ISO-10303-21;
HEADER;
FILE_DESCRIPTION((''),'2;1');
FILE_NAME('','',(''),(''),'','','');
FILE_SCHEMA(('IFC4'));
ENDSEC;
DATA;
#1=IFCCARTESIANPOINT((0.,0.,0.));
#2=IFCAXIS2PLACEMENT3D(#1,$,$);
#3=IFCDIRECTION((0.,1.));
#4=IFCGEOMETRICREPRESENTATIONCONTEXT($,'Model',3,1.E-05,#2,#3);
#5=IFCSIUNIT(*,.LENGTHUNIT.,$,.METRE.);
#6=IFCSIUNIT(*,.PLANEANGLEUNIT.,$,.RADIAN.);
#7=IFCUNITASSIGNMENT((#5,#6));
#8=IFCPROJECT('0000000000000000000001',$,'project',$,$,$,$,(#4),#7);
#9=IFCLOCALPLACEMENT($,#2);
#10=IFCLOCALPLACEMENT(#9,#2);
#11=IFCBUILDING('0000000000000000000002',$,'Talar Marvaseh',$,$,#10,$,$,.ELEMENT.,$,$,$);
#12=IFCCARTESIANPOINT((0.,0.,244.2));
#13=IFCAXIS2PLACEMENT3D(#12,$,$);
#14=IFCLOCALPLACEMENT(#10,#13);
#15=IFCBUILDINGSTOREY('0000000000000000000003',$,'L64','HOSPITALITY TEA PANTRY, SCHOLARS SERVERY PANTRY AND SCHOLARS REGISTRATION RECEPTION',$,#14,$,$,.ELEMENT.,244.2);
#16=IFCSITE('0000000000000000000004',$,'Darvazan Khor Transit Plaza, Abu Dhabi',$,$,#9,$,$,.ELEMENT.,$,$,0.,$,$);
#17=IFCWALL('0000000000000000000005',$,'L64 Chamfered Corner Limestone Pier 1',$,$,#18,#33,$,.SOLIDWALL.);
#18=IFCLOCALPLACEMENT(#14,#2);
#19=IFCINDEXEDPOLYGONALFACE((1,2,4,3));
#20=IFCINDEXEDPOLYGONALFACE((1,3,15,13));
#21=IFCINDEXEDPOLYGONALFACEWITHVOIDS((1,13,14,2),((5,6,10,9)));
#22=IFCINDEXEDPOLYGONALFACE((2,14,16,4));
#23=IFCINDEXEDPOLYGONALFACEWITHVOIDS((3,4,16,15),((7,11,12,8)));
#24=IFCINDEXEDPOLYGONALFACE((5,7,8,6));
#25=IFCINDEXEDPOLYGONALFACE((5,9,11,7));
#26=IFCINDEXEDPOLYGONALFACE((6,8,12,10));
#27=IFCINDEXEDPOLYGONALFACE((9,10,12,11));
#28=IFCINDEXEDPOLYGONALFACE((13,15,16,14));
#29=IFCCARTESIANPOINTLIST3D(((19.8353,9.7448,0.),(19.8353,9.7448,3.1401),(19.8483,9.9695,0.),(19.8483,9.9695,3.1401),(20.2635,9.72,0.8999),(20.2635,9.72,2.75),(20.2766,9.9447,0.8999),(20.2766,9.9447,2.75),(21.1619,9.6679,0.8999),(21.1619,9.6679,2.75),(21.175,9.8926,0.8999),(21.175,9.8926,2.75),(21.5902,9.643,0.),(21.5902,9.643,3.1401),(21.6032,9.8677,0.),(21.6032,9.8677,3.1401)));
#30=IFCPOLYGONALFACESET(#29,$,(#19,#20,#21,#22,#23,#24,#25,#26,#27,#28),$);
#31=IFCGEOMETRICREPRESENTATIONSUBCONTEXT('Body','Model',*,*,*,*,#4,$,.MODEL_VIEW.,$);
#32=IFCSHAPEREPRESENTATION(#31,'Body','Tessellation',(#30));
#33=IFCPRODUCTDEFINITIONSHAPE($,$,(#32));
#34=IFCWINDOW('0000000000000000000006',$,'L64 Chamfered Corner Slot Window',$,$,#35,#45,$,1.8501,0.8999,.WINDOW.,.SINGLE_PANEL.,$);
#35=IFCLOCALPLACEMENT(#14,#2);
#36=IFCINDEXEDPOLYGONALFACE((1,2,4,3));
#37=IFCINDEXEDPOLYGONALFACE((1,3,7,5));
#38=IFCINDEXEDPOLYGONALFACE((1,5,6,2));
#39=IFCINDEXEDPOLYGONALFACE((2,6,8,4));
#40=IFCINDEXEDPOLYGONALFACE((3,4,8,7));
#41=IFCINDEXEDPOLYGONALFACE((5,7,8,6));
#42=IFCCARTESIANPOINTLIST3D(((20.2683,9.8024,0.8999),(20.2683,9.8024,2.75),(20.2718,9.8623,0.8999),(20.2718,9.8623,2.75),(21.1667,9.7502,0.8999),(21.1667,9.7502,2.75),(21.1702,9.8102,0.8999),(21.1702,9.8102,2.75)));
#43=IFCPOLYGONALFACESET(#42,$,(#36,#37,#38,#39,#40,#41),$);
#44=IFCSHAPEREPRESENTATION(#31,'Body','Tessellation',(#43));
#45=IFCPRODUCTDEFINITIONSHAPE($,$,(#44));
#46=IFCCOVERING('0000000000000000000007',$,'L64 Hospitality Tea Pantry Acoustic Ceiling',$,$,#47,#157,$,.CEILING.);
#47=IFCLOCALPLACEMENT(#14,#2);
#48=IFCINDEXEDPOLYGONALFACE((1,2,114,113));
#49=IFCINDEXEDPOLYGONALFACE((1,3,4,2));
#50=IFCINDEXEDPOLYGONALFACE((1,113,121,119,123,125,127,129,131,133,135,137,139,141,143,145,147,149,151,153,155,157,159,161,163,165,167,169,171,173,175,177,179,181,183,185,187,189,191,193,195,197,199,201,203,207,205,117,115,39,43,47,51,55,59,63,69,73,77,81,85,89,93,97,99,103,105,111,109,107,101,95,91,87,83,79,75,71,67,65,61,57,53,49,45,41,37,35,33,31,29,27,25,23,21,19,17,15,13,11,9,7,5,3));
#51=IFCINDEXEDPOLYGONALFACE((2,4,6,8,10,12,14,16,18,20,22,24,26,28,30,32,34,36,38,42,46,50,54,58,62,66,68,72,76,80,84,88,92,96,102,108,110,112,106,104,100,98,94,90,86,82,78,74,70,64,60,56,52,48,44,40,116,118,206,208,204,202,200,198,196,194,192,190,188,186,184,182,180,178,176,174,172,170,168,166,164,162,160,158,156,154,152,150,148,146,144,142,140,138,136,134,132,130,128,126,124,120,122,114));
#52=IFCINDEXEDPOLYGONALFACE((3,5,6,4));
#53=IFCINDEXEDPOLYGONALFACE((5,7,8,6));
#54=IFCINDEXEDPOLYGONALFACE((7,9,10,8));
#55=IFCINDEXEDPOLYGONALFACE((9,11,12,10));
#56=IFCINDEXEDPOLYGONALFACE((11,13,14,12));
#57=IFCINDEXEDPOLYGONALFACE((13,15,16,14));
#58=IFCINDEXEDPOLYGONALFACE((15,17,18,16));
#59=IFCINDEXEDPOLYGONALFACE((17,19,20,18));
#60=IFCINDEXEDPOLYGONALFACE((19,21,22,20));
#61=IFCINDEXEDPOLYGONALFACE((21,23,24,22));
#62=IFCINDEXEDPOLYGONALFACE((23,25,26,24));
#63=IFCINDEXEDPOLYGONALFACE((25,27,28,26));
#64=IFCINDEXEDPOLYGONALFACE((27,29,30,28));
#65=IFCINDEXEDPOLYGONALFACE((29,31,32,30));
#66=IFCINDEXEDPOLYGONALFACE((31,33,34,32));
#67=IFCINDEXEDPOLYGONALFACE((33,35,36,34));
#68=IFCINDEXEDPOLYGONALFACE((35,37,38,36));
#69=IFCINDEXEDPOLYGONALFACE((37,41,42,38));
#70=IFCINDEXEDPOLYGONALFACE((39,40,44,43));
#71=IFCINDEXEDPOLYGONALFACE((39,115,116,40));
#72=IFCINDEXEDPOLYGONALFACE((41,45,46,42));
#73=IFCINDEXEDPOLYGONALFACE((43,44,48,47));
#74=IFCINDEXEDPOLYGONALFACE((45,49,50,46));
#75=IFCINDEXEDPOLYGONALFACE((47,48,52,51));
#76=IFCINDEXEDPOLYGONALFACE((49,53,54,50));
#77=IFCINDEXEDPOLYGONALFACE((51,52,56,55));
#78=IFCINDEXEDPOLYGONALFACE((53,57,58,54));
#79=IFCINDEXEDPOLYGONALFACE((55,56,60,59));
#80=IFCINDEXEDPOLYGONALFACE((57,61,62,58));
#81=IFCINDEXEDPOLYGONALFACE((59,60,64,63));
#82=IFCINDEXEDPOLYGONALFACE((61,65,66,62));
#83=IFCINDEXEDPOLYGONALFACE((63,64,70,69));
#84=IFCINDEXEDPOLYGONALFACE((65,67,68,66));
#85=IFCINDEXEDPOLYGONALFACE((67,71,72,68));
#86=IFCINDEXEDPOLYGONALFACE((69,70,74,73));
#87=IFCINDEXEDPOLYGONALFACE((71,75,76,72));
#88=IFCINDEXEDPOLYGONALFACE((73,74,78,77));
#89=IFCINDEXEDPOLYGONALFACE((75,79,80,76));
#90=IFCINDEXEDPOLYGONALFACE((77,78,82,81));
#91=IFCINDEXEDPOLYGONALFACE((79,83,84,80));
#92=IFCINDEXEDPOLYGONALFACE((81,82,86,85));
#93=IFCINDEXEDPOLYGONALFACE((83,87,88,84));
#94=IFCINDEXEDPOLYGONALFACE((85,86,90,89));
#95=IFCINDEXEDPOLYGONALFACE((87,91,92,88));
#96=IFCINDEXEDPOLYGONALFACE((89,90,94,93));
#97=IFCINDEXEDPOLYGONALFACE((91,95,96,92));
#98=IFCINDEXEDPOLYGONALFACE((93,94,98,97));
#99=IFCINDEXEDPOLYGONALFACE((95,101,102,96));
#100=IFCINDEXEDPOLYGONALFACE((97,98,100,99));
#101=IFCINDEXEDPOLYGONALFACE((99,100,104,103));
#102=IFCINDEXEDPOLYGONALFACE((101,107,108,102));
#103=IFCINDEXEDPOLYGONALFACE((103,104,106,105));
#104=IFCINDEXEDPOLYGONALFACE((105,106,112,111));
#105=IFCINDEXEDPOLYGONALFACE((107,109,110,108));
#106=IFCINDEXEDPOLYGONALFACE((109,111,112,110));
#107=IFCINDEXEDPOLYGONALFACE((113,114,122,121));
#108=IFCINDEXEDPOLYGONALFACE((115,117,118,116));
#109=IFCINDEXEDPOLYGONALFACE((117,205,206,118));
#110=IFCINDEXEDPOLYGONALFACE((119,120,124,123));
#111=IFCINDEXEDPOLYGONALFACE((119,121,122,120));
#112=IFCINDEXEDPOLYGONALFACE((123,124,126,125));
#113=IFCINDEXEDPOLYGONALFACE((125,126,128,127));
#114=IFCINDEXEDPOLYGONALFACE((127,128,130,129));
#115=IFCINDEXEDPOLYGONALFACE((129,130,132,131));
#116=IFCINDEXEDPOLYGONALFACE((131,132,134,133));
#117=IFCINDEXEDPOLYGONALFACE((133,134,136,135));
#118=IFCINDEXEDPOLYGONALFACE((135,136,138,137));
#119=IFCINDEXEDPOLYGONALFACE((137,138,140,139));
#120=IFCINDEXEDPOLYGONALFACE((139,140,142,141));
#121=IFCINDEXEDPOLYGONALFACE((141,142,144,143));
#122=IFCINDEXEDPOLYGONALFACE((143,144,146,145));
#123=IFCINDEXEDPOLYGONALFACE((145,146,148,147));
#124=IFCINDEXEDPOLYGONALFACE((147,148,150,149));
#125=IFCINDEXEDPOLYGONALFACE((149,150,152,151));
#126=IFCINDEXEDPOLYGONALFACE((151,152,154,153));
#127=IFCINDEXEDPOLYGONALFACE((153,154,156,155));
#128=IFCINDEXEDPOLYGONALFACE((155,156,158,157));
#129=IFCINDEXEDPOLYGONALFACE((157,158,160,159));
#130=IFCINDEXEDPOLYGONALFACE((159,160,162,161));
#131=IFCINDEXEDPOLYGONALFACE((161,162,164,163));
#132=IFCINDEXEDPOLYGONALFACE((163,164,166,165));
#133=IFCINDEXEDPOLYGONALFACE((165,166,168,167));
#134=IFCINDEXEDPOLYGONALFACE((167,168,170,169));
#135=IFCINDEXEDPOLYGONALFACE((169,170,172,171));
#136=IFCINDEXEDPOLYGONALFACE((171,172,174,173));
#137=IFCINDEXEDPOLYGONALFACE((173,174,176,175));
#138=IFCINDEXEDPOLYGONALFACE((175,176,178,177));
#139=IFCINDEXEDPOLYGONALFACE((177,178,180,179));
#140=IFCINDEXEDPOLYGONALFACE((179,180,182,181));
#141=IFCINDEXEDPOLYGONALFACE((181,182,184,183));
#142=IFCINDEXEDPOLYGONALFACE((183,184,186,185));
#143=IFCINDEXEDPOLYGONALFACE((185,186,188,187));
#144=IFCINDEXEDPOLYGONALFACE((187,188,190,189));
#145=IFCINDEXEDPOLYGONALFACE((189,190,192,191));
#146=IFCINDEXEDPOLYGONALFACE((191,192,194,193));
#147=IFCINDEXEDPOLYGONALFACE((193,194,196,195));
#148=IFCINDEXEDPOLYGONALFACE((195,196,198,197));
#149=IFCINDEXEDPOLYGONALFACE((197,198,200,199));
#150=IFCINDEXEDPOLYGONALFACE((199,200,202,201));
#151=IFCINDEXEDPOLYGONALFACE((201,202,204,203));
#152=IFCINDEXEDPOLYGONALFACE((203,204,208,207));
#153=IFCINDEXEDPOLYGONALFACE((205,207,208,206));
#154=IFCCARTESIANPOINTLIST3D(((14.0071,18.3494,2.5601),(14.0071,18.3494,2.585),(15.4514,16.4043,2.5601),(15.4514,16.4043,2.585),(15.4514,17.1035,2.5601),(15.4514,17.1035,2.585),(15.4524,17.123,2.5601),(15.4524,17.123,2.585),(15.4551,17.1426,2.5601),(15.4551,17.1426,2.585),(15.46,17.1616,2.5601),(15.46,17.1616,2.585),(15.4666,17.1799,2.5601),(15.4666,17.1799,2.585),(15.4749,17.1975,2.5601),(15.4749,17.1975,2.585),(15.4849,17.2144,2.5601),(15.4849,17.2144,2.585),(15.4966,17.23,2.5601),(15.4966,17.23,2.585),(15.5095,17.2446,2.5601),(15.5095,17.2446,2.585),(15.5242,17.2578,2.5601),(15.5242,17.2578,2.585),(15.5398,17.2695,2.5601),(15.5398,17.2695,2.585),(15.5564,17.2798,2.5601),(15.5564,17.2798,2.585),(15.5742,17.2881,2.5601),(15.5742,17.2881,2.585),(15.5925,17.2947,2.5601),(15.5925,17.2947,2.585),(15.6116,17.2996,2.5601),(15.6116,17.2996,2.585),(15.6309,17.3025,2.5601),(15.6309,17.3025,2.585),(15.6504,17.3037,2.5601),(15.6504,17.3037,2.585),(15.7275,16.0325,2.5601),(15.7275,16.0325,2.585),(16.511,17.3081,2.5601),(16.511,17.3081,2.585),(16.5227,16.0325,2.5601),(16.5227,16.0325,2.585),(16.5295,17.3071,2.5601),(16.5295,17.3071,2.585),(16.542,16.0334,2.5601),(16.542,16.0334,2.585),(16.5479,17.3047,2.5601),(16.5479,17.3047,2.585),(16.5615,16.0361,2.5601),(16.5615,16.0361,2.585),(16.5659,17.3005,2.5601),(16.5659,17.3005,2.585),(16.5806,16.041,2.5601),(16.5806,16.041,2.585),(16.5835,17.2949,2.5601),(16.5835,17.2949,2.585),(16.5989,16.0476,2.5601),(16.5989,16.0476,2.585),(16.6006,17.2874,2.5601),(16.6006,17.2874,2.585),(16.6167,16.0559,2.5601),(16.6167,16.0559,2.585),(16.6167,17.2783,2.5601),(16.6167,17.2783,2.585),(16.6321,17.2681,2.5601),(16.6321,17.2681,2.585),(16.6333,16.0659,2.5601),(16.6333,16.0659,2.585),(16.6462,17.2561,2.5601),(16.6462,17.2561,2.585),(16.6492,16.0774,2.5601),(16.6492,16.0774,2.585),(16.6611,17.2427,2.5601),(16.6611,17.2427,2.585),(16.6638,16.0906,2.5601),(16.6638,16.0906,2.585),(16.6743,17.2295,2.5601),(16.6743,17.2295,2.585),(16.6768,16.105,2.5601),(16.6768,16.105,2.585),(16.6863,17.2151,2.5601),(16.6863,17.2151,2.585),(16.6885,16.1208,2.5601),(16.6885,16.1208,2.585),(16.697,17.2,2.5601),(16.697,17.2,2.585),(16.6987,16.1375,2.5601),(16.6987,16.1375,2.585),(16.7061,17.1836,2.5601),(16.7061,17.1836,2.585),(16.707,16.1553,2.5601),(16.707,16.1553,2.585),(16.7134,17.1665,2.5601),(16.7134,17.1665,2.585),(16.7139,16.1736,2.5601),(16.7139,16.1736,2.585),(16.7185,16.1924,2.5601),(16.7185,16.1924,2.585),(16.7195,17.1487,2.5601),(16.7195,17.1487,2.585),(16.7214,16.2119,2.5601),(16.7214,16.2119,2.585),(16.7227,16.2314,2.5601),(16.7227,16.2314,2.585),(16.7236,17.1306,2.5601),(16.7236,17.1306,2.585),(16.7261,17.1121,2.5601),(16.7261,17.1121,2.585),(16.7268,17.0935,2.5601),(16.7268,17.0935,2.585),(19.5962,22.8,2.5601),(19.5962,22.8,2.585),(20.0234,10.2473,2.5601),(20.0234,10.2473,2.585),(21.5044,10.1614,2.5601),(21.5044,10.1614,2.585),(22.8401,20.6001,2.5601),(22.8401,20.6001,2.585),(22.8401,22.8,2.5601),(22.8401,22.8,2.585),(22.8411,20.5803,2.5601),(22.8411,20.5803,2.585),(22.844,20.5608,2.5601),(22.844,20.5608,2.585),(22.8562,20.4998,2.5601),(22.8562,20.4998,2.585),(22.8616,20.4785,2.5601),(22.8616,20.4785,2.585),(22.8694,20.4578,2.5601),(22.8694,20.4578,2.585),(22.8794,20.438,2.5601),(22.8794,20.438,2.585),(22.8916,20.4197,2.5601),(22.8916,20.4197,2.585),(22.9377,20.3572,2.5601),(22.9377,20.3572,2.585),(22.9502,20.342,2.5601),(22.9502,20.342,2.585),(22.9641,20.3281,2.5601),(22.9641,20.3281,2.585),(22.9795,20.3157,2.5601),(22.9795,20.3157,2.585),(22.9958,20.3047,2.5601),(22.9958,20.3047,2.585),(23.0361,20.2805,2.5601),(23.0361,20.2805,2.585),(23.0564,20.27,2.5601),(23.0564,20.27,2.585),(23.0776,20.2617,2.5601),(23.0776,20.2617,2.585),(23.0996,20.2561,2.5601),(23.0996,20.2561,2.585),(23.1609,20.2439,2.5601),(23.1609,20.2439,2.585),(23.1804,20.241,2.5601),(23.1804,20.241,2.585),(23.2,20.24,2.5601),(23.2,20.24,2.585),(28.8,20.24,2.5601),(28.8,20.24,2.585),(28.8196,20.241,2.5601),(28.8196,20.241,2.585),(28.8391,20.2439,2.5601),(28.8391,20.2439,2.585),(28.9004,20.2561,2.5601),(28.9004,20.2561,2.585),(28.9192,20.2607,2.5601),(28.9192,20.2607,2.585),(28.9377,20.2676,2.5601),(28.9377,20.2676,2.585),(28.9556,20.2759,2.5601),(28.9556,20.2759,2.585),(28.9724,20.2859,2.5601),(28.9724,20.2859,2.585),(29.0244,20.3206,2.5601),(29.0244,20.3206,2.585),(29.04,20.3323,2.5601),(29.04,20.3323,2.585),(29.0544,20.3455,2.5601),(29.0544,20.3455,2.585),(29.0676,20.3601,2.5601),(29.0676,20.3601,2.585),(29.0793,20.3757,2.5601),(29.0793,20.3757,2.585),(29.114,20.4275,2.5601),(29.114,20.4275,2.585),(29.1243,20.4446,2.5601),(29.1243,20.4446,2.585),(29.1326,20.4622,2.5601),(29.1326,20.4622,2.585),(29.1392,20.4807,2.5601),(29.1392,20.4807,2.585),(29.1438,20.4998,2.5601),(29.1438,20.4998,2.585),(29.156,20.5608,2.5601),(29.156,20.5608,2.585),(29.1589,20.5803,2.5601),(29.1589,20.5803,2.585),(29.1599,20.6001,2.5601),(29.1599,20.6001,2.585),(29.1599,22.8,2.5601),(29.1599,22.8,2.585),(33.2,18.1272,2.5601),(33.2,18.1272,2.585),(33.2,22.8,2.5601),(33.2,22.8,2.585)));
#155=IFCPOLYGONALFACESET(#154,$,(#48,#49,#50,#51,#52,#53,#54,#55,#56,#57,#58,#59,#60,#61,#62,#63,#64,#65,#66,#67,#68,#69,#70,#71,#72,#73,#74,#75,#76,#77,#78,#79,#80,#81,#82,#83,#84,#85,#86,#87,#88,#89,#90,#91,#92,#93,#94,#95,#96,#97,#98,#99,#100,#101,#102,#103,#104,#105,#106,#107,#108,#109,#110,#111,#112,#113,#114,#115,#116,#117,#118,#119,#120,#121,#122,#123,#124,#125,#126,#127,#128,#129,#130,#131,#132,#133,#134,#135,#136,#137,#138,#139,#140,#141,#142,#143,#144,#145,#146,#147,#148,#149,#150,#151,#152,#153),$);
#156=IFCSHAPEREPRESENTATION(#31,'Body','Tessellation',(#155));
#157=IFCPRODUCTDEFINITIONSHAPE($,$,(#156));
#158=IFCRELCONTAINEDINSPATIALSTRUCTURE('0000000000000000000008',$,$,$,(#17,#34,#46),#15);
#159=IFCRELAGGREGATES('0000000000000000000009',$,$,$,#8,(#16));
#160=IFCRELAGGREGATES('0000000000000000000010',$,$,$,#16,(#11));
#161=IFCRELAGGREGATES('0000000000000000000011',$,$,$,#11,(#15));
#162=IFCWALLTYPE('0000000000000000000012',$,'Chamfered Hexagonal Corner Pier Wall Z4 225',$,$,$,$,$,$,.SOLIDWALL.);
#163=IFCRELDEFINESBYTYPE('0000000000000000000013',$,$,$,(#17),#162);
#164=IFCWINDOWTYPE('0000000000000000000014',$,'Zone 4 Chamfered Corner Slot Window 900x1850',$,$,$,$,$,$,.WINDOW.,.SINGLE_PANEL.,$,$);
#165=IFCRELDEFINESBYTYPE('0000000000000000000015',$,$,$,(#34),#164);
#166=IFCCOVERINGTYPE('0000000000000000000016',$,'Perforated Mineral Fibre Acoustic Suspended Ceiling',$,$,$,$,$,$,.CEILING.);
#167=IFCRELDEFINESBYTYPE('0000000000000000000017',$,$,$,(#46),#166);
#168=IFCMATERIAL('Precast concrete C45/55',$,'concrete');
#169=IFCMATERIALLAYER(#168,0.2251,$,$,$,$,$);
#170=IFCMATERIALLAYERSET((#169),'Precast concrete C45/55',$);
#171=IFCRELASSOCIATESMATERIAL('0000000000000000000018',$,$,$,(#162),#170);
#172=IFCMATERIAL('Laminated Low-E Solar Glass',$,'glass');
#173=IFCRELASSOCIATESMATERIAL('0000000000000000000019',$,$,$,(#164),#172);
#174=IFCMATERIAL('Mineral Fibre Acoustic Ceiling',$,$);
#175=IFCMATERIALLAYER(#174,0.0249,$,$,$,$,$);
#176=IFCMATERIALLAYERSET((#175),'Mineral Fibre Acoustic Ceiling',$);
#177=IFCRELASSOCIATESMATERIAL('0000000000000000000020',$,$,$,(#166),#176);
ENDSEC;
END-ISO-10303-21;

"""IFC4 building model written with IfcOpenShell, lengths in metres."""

from ifc_helpers import new_model, si_unit, direction, frame, frame_2d, origin, place, context, subcontext, project, spatial, polyline, rectangle, outline, extrude, source, transform, mapped, material, layer, layer_set, type_object, type_shapes, element, fill, save


model = new_model("IFC4")

# Units and contexts
model_context = context("Model", 3, precision=1e-05, world=origin(), true_north=direction((0.0, 1.0)))
body_context = subcontext(model_context, "Body", "Model", "MODEL_VIEW")
ifc_project = project(units=[si_unit("LENGTHUNIT", "METRE"), si_unit("PLANEANGLEUNIT", "RADIAN")], contexts=[model_context])

# Site, building, storey
site_placement = place(None, origin())
site = spatial("IfcSite", under=ifc_project, at=site_placement, Name="Darvazan Khor Transit Plaza, Abu Dhabi", CompositionType="ELEMENT", RefElevation=0.0)
building_placement = place(site_placement, origin())
building = spatial("IfcBuilding", under=site, at=building_placement, Name="Talar Marvaseh", CompositionType="ELEMENT")
storey_placement = place(building_placement, frame((0.0, 0.0, 244.2)))
storey = spatial("IfcBuildingStorey", under=building, at=storey_placement, Name="L64", Description="HOSPITALITY TEA PANTRY, SCHOLARS SERVERY PANTRY AND SCHOLARS REGISTRATION RECEPTION", CompositionType="ELEMENT", Elevation=244.2)

# Shared definitions
ifc_material_1 = material(Name="Laminated Low-E Solar Glass", Category="glass")

# Wall, opening, window
ifc_material_2 = material(Name="Precast concrete C45/55", Category="concrete")
ifc_layer_1 = layer(ifc_material_2, 0.2251)
ifc_layer_set_1 = layer_set([ifc_layer_1], Name="Precast concrete C45/55")
wall_type = type_object("IfcWallType", Name="Chamfered Hexagonal Corner Pier Wall Z4 225", PredefinedType="SOLIDWALL", material=ifc_layer_set_1)
wall_placement = place(storey_placement, frame((21.5967, 9.7554, 0.0), z_axis=(0.0, 0.0, 1.0), x_axis=(-0.998321, 0.057916, 0.0)))
wall = element("IfcWall", 1, at=wall_placement, inside=storey, type_object=wall_type, Name="L64 Chamfered Corner Limestone Pier 1", PredefinedType="SOLIDWALL", context=body_context, shape_type="SweptSolid", body=[
    extrude(rectangle(XDim=1.7578, YDim=0.2251, at=frame_2d((0.8789, 0.0))), origin(), (0.0, 0.0, 1.0), 3.1401),
])
opening_placement = place(wall_placement, frame((0.429, 0.0, 0.8999)))
opening = element("IfcOpeningElement", 2, at=opening_placement, cuts=wall, PredefinedType="OPENING", context=body_context, shape_type="SweptSolid", body=[
    extrude(rectangle(XDim=0.8999, YDim=1.8501, at=frame_2d((0.45, 0.925))), frame((0.0, 0.1226, 0.0), z_axis=(0.0, -1.0, 0.0), x_axis=(1.0, 0.0, 0.0)), (0.0, 0.0, 1.0), 0.2451),
])
window_type = type_object("IfcWindowType", Name="Zone 4 Chamfered Corner Slot Window 900x1850", PartitioningType="SINGLE_PANEL", PredefinedType="WINDOW", material=ifc_material_1)
shared_shape_1 = source(origin(), body_context, "Body", "SweptSolid", [
    extrude(rectangle(XDim=0.8999, YDim=1.8501, at=frame_2d((0.45, 0.925))), frame((0.0, 0.03, 0.0), z_axis=(0.0, -1.0, 0.0), x_axis=(1.0, 0.0, 0.0)), (0.0, 0.0, 1.0), 0.0601),
])
type_shapes(window_type, [shared_shape_1])
window_placement = place(opening_placement, origin())
window = element("IfcWindow", 3, at=window_placement, inside=storey, type_object=window_type, Name="L64 Chamfered Corner Slot Window", OverallHeight=1.8501, OverallWidth=0.8999, PartitioningType="SINGLE_PANEL", PredefinedType="WINDOW", context=body_context, shape_type="MappedRepresentation", body=[
    mapped(shared_shape_1, transform((0.0, 0.0, 0.0), x_axis=(1.0, 0.0, 0.0), y_axis=(0.0, 1.0, 0.0), z_axis=(0.0, 0.0, 1.0), scale=1.0)),
])
fill(opening, window)

# Covering
ifc_material_3 = material(Name="Mineral Fibre Acoustic Ceiling")
ifc_layer_2 = layer(ifc_material_3, 0.0249)
ifc_layer_set_2 = layer_set([ifc_layer_2], Name="Mineral Fibre Acoustic Ceiling")
covering_type_1 = type_object("IfcCoveringType", Name="Perforated Mineral Fibre Acoustic Suspended Ceiling", PredefinedType="CEILING", material=ifc_layer_set_2)
covering_1_placement = place(storey_placement, frame((0.0, 0.0, 2.5601)))
element("IfcCovering", 4, at=covering_1_placement, inside=storey, type_object=covering_type_1, Name="L64 Hospitality Tea Pantry Acoustic Ceiling", PredefinedType="CEILING", context=body_context, shape_type="SweptSolid", body=[
    extrude(outline(polyline([(22.8401, 22.8), (22.8401, 20.6001), (22.8411, 20.5803), (22.844, 20.5608), (22.8562, 20.4998), (22.8616, 20.4785), (22.8694, 20.4578), (22.8794, 20.438), (22.8916, 20.4197), (22.9377, 20.3572), (22.9502, 20.342), (22.9641, 20.3281), (22.9795, 20.3157), (22.9958, 20.3047), (23.0361, 20.2805), (23.0564, 20.27), (23.0776, 20.2617), (23.0996, 20.2561), (23.1609, 20.2439), (23.1804, 20.241), (23.2, 20.24), (28.8, 20.24), (28.8196, 20.241), (28.8391, 20.2439), (28.9004, 20.2561), (28.9192, 20.2607), (28.9377, 20.2676), (28.9556, 20.2759), (28.9724, 20.2859), (29.0244, 20.3206), (29.04, 20.3323), (29.0544, 20.3455), (29.0676, 20.3601), (29.0793, 20.3757), (29.114, 20.4275), (29.1243, 20.4446), (29.1326, 20.4622), (29.1392, 20.4807), (29.1438, 20.4998), (29.156, 20.5608), (29.1589, 20.5803), (29.1599, 20.6001), (29.1599, 22.8), (33.2, 22.8), (33.2, 18.1272), (21.5044, 10.1614), (20.0234, 10.2473), (15.7275, 16.0325), (16.5227, 16.0325), (16.542, 16.0334), (16.5615, 16.0361), (16.5806, 16.041), (16.5989, 16.0476), (16.6167, 16.0559), (16.6333, 16.0659), (16.6492, 16.0774), (16.6638, 16.0906), (16.6768, 16.105), (16.6885, 16.1208), (16.6987, 16.1375), (16.707, 16.1553), (16.7139, 16.1736), (16.7185, 16.1924), (16.7214, 16.2119), (16.7227, 16.2314), (16.7268, 17.0935), (16.7261, 17.1121), (16.7236, 17.1306), (16.7195, 17.1487), (16.7134, 17.1665), (16.7061, 17.1836), (16.697, 17.2), (16.6863, 17.2151), (16.6743, 17.2295), (16.6611, 17.2427), (16.6462, 17.2561), (16.6321, 17.2681), (16.6167, 17.2783), (16.6006, 17.2874), (16.5835, 17.2949), (16.5659, 17.3005), (16.5479, 17.3047), (16.5295, 17.3071), (16.511, 17.3081), (15.6504, 17.3037), (15.6309, 17.3025), (15.6116, 17.2996), (15.5925, 17.2947), (15.5742, 17.2881), (15.5564, 17.2798), (15.5398, 17.2695), (15.5242, 17.2578), (15.5095, 17.2446), (15.4966, 17.23), (15.4849, 17.2144), (15.4749, 17.1975), (15.4666, 17.1799), (15.46, 17.1616), (15.4551, 17.1426), (15.4524, 17.123), (15.4514, 17.1035), (15.4514, 16.4043), (14.0071, 18.3494), (19.5962, 22.8), (22.8401, 22.8)])), origin(), (0.0, 0.0, 1.0), 0.0249),
])

save(model, "model.ifc")
